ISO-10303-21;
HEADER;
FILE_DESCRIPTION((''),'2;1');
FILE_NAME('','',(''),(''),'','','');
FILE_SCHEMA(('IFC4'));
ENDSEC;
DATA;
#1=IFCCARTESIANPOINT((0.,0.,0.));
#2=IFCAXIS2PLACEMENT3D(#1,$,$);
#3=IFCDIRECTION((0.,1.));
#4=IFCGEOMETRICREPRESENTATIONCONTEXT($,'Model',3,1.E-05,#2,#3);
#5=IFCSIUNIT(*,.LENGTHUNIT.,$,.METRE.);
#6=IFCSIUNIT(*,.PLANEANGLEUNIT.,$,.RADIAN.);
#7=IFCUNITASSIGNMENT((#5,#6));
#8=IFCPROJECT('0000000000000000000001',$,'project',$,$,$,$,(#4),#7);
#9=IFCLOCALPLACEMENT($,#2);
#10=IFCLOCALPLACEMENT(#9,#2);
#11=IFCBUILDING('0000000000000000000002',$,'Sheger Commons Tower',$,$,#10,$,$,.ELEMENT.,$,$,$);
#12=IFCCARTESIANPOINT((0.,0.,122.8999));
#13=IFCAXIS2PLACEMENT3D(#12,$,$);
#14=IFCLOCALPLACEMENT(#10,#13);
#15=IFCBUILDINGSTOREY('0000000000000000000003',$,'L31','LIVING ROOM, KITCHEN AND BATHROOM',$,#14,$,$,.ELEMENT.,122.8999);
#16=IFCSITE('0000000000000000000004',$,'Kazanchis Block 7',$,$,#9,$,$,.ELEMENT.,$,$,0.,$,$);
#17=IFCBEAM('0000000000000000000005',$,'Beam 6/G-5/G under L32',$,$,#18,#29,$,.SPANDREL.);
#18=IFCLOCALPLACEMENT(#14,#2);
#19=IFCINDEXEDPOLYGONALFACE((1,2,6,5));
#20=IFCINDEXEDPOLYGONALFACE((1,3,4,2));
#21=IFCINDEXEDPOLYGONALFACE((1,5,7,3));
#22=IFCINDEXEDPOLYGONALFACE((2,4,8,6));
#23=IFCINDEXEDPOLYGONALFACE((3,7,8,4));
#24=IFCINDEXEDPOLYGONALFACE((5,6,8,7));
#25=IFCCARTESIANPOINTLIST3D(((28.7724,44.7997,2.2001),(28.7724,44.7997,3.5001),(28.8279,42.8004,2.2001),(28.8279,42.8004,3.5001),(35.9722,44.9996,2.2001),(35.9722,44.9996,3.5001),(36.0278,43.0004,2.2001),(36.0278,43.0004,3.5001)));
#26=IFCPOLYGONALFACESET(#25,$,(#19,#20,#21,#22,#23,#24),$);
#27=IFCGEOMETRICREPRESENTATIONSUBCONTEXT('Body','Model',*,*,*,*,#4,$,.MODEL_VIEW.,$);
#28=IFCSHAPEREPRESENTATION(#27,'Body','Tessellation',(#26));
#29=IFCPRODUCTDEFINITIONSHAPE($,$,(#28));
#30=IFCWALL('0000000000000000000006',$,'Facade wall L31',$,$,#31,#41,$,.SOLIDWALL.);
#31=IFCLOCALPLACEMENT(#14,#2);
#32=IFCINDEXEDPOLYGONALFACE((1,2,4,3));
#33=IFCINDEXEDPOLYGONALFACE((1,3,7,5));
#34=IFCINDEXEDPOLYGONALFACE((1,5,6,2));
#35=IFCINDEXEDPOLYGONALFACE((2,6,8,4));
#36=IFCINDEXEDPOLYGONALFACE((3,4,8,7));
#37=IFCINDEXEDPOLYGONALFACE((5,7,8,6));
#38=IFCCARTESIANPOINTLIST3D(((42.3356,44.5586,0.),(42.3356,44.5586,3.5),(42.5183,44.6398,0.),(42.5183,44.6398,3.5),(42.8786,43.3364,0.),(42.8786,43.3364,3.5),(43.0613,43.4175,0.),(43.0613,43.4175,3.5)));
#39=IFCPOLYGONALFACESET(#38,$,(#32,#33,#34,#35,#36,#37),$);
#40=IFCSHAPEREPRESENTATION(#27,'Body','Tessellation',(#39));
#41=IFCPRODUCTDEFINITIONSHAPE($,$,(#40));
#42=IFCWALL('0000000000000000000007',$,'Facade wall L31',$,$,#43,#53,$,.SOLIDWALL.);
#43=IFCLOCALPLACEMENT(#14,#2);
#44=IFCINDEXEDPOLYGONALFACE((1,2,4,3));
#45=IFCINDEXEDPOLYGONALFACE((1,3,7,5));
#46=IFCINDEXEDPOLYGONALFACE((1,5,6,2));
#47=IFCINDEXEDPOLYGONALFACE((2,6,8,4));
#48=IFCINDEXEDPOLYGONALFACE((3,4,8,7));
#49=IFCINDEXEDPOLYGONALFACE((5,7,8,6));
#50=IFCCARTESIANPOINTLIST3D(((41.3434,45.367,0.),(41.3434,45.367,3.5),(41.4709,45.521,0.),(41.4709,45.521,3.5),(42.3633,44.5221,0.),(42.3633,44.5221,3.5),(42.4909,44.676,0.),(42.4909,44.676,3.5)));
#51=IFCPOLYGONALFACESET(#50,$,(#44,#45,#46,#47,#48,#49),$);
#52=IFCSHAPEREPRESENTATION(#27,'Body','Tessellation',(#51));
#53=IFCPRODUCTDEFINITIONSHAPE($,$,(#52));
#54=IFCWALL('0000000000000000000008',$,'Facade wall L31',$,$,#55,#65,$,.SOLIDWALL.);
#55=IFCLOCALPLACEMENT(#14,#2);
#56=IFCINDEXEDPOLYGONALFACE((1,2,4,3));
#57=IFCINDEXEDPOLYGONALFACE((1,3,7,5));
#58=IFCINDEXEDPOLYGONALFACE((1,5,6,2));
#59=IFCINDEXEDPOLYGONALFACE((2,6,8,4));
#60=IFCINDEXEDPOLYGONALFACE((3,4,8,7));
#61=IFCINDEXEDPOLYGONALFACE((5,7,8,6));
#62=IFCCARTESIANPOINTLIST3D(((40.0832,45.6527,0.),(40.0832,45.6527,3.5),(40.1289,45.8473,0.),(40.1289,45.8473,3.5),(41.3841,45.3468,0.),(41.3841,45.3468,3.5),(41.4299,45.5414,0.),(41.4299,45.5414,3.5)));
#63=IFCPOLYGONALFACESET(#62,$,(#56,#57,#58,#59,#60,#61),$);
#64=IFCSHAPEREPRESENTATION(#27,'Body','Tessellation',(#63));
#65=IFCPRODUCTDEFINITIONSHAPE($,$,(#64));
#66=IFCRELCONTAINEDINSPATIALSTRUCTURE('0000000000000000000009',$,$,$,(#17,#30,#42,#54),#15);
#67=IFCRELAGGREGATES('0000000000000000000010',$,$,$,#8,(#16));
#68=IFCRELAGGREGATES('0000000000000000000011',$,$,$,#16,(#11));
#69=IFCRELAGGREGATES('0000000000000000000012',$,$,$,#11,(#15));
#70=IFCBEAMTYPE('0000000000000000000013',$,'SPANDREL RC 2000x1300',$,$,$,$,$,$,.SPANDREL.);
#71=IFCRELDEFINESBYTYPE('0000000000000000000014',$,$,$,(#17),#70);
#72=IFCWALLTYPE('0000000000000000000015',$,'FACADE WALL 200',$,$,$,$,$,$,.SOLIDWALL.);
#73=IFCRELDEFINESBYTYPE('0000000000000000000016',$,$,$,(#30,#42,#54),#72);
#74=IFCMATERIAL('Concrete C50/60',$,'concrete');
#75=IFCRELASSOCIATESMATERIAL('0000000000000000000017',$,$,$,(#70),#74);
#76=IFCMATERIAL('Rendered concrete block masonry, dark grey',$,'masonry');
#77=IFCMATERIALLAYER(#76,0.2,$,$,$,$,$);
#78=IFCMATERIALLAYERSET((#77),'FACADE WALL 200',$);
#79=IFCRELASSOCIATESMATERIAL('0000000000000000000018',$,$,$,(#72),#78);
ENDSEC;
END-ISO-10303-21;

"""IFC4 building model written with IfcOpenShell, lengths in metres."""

from ifc_helpers import new_model, si_unit, direction, frame, frame_2d, origin, origin_2d, place, context, subcontext, project, spatial, rectangle, extrude, material, layer, layer_set, material_profile, profile_set, type_object, element, save


model = new_model("IFC4")

# Units and contexts
model_context = context("Model", 3, precision=1e-05, world=origin(), true_north=direction((0.0, 1.0)))
body_context = subcontext(model_context, "Body", "Model", "MODEL_VIEW")
ifc_project = project(units=[si_unit("LENGTHUNIT", "METRE"), si_unit("PLANEANGLEUNIT", "RADIAN")], contexts=[model_context])

# Site, building, storey
site_placement = place(None, origin())
site = spatial("IfcSite", under=ifc_project, at=site_placement, Name="Kazanchis Block 7", CompositionType="ELEMENT", RefElevation=0.0)
building_placement = place(site_placement, origin())
building = spatial("IfcBuilding", under=site, at=building_placement, Name="Sheger Commons Tower", CompositionType="ELEMENT")
storey_placement = place(building_placement, frame((0.0, 0.0, 122.8999)))
storey = spatial("IfcBuildingStorey", under=building, at=storey_placement, Name="L31", Description="LIVING ROOM, KITCHEN AND BATHROOM", CompositionType="ELEMENT", Elevation=122.8999)

# Beam
ifc_material_1 = material(Name="Concrete C50/60", Category="concrete")
ifc_material_profile = material_profile(ifc_material_1, rectangle(XDim=2.0, YDim=1.3, at=origin_2d()), Name="RC 2000x1300")
ifc_profile_set = profile_set([ifc_material_profile], Name="Concrete C50/60")
beam_type = type_object("IfcBeamType", Name="SPANDREL RC 2000x1300", PredefinedType="SPANDREL", material=ifc_profile_set)
beam_placement = place(storey_placement, frame((36.0, 44.0, 2.8501), z_axis=(-0.999615, -0.02776, 0.0), x_axis=(0.02776, -0.999615, 0.0)))
element("IfcBeam", 1, at=beam_placement, inside=storey, type_object=beam_type, Name="Beam 6/G-5/G under L32", PredefinedType="SPANDREL", context=body_context, shape_type="SweptSolid", body=[
    extrude(rectangle(XDim=2.0, YDim=1.3, at=origin_2d()), origin(), (0.0, 0.0, 1.0), 7.2026),
])

# Walls
ifc_material_2 = material(Name="Rendered concrete block masonry, dark grey", Category="masonry")
ifc_layer_1 = layer(ifc_material_2, 0.2)
ifc_layer_set_1 = layer_set([ifc_layer_1], Name="FACADE WALL 200")
wall_type_1 = type_object("IfcWallType", Name="FACADE WALL 200", PredefinedType="SOLIDWALL", material=ifc_layer_set_1)
wall_1_placement = place(storey_placement, frame((42.97, 43.377, 0.0), z_axis=(0.0, 0.0, 1.0), x_axis=(-0.406003, 0.913872, 0.0)))
element("IfcWall", 2, at=wall_1_placement, inside=storey, type_object=wall_type_1, Name="Facade wall L31", PredefinedType="SOLIDWALL", context=body_context, shape_type="SweptSolid", body=[
    extrude(rectangle(XDim=1.3374, YDim=0.2, at=frame_2d((0.6687, 0.0))), origin(), (0.0, 0.0, 1.0), 3.5),
])
wall_2_placement = place(storey_placement, frame((42.427, 44.5991, 0.0), z_axis=(0.0, 0.0, 1.0), x_axis=(-0.770091, 0.637934, 0.0)))
element("IfcWall", 3, at=wall_2_placement, inside=storey, type_object=wall_type_1, Name="Facade wall L31", PredefinedType="SOLIDWALL", context=body_context, shape_type="SweptSolid", body=[
    extrude(rectangle(XDim=1.3245, YDim=0.2, at=frame_2d((0.6621, 0.0))), origin(), (0.0, 0.0, 1.0), 3.5),
])
wall_3_placement = place(storey_placement, frame((41.407, 45.4441, 0.0), z_axis=(0.0, 0.0, 1.0), x_axis=(-0.973453, 0.228887, 0.0)))
element("IfcWall", 4, at=wall_3_placement, inside=storey, type_object=wall_type_1, Name="Facade wall L31", PredefinedType="SOLIDWALL", context=body_context, shape_type="SweptSolid", body=[
    extrude(rectangle(XDim=1.3364, YDim=0.2, at=frame_2d((0.6682, 0.0))), origin(), (0.0, 0.0, 1.0), 3.5),
])

save(model, "model.ifc")
